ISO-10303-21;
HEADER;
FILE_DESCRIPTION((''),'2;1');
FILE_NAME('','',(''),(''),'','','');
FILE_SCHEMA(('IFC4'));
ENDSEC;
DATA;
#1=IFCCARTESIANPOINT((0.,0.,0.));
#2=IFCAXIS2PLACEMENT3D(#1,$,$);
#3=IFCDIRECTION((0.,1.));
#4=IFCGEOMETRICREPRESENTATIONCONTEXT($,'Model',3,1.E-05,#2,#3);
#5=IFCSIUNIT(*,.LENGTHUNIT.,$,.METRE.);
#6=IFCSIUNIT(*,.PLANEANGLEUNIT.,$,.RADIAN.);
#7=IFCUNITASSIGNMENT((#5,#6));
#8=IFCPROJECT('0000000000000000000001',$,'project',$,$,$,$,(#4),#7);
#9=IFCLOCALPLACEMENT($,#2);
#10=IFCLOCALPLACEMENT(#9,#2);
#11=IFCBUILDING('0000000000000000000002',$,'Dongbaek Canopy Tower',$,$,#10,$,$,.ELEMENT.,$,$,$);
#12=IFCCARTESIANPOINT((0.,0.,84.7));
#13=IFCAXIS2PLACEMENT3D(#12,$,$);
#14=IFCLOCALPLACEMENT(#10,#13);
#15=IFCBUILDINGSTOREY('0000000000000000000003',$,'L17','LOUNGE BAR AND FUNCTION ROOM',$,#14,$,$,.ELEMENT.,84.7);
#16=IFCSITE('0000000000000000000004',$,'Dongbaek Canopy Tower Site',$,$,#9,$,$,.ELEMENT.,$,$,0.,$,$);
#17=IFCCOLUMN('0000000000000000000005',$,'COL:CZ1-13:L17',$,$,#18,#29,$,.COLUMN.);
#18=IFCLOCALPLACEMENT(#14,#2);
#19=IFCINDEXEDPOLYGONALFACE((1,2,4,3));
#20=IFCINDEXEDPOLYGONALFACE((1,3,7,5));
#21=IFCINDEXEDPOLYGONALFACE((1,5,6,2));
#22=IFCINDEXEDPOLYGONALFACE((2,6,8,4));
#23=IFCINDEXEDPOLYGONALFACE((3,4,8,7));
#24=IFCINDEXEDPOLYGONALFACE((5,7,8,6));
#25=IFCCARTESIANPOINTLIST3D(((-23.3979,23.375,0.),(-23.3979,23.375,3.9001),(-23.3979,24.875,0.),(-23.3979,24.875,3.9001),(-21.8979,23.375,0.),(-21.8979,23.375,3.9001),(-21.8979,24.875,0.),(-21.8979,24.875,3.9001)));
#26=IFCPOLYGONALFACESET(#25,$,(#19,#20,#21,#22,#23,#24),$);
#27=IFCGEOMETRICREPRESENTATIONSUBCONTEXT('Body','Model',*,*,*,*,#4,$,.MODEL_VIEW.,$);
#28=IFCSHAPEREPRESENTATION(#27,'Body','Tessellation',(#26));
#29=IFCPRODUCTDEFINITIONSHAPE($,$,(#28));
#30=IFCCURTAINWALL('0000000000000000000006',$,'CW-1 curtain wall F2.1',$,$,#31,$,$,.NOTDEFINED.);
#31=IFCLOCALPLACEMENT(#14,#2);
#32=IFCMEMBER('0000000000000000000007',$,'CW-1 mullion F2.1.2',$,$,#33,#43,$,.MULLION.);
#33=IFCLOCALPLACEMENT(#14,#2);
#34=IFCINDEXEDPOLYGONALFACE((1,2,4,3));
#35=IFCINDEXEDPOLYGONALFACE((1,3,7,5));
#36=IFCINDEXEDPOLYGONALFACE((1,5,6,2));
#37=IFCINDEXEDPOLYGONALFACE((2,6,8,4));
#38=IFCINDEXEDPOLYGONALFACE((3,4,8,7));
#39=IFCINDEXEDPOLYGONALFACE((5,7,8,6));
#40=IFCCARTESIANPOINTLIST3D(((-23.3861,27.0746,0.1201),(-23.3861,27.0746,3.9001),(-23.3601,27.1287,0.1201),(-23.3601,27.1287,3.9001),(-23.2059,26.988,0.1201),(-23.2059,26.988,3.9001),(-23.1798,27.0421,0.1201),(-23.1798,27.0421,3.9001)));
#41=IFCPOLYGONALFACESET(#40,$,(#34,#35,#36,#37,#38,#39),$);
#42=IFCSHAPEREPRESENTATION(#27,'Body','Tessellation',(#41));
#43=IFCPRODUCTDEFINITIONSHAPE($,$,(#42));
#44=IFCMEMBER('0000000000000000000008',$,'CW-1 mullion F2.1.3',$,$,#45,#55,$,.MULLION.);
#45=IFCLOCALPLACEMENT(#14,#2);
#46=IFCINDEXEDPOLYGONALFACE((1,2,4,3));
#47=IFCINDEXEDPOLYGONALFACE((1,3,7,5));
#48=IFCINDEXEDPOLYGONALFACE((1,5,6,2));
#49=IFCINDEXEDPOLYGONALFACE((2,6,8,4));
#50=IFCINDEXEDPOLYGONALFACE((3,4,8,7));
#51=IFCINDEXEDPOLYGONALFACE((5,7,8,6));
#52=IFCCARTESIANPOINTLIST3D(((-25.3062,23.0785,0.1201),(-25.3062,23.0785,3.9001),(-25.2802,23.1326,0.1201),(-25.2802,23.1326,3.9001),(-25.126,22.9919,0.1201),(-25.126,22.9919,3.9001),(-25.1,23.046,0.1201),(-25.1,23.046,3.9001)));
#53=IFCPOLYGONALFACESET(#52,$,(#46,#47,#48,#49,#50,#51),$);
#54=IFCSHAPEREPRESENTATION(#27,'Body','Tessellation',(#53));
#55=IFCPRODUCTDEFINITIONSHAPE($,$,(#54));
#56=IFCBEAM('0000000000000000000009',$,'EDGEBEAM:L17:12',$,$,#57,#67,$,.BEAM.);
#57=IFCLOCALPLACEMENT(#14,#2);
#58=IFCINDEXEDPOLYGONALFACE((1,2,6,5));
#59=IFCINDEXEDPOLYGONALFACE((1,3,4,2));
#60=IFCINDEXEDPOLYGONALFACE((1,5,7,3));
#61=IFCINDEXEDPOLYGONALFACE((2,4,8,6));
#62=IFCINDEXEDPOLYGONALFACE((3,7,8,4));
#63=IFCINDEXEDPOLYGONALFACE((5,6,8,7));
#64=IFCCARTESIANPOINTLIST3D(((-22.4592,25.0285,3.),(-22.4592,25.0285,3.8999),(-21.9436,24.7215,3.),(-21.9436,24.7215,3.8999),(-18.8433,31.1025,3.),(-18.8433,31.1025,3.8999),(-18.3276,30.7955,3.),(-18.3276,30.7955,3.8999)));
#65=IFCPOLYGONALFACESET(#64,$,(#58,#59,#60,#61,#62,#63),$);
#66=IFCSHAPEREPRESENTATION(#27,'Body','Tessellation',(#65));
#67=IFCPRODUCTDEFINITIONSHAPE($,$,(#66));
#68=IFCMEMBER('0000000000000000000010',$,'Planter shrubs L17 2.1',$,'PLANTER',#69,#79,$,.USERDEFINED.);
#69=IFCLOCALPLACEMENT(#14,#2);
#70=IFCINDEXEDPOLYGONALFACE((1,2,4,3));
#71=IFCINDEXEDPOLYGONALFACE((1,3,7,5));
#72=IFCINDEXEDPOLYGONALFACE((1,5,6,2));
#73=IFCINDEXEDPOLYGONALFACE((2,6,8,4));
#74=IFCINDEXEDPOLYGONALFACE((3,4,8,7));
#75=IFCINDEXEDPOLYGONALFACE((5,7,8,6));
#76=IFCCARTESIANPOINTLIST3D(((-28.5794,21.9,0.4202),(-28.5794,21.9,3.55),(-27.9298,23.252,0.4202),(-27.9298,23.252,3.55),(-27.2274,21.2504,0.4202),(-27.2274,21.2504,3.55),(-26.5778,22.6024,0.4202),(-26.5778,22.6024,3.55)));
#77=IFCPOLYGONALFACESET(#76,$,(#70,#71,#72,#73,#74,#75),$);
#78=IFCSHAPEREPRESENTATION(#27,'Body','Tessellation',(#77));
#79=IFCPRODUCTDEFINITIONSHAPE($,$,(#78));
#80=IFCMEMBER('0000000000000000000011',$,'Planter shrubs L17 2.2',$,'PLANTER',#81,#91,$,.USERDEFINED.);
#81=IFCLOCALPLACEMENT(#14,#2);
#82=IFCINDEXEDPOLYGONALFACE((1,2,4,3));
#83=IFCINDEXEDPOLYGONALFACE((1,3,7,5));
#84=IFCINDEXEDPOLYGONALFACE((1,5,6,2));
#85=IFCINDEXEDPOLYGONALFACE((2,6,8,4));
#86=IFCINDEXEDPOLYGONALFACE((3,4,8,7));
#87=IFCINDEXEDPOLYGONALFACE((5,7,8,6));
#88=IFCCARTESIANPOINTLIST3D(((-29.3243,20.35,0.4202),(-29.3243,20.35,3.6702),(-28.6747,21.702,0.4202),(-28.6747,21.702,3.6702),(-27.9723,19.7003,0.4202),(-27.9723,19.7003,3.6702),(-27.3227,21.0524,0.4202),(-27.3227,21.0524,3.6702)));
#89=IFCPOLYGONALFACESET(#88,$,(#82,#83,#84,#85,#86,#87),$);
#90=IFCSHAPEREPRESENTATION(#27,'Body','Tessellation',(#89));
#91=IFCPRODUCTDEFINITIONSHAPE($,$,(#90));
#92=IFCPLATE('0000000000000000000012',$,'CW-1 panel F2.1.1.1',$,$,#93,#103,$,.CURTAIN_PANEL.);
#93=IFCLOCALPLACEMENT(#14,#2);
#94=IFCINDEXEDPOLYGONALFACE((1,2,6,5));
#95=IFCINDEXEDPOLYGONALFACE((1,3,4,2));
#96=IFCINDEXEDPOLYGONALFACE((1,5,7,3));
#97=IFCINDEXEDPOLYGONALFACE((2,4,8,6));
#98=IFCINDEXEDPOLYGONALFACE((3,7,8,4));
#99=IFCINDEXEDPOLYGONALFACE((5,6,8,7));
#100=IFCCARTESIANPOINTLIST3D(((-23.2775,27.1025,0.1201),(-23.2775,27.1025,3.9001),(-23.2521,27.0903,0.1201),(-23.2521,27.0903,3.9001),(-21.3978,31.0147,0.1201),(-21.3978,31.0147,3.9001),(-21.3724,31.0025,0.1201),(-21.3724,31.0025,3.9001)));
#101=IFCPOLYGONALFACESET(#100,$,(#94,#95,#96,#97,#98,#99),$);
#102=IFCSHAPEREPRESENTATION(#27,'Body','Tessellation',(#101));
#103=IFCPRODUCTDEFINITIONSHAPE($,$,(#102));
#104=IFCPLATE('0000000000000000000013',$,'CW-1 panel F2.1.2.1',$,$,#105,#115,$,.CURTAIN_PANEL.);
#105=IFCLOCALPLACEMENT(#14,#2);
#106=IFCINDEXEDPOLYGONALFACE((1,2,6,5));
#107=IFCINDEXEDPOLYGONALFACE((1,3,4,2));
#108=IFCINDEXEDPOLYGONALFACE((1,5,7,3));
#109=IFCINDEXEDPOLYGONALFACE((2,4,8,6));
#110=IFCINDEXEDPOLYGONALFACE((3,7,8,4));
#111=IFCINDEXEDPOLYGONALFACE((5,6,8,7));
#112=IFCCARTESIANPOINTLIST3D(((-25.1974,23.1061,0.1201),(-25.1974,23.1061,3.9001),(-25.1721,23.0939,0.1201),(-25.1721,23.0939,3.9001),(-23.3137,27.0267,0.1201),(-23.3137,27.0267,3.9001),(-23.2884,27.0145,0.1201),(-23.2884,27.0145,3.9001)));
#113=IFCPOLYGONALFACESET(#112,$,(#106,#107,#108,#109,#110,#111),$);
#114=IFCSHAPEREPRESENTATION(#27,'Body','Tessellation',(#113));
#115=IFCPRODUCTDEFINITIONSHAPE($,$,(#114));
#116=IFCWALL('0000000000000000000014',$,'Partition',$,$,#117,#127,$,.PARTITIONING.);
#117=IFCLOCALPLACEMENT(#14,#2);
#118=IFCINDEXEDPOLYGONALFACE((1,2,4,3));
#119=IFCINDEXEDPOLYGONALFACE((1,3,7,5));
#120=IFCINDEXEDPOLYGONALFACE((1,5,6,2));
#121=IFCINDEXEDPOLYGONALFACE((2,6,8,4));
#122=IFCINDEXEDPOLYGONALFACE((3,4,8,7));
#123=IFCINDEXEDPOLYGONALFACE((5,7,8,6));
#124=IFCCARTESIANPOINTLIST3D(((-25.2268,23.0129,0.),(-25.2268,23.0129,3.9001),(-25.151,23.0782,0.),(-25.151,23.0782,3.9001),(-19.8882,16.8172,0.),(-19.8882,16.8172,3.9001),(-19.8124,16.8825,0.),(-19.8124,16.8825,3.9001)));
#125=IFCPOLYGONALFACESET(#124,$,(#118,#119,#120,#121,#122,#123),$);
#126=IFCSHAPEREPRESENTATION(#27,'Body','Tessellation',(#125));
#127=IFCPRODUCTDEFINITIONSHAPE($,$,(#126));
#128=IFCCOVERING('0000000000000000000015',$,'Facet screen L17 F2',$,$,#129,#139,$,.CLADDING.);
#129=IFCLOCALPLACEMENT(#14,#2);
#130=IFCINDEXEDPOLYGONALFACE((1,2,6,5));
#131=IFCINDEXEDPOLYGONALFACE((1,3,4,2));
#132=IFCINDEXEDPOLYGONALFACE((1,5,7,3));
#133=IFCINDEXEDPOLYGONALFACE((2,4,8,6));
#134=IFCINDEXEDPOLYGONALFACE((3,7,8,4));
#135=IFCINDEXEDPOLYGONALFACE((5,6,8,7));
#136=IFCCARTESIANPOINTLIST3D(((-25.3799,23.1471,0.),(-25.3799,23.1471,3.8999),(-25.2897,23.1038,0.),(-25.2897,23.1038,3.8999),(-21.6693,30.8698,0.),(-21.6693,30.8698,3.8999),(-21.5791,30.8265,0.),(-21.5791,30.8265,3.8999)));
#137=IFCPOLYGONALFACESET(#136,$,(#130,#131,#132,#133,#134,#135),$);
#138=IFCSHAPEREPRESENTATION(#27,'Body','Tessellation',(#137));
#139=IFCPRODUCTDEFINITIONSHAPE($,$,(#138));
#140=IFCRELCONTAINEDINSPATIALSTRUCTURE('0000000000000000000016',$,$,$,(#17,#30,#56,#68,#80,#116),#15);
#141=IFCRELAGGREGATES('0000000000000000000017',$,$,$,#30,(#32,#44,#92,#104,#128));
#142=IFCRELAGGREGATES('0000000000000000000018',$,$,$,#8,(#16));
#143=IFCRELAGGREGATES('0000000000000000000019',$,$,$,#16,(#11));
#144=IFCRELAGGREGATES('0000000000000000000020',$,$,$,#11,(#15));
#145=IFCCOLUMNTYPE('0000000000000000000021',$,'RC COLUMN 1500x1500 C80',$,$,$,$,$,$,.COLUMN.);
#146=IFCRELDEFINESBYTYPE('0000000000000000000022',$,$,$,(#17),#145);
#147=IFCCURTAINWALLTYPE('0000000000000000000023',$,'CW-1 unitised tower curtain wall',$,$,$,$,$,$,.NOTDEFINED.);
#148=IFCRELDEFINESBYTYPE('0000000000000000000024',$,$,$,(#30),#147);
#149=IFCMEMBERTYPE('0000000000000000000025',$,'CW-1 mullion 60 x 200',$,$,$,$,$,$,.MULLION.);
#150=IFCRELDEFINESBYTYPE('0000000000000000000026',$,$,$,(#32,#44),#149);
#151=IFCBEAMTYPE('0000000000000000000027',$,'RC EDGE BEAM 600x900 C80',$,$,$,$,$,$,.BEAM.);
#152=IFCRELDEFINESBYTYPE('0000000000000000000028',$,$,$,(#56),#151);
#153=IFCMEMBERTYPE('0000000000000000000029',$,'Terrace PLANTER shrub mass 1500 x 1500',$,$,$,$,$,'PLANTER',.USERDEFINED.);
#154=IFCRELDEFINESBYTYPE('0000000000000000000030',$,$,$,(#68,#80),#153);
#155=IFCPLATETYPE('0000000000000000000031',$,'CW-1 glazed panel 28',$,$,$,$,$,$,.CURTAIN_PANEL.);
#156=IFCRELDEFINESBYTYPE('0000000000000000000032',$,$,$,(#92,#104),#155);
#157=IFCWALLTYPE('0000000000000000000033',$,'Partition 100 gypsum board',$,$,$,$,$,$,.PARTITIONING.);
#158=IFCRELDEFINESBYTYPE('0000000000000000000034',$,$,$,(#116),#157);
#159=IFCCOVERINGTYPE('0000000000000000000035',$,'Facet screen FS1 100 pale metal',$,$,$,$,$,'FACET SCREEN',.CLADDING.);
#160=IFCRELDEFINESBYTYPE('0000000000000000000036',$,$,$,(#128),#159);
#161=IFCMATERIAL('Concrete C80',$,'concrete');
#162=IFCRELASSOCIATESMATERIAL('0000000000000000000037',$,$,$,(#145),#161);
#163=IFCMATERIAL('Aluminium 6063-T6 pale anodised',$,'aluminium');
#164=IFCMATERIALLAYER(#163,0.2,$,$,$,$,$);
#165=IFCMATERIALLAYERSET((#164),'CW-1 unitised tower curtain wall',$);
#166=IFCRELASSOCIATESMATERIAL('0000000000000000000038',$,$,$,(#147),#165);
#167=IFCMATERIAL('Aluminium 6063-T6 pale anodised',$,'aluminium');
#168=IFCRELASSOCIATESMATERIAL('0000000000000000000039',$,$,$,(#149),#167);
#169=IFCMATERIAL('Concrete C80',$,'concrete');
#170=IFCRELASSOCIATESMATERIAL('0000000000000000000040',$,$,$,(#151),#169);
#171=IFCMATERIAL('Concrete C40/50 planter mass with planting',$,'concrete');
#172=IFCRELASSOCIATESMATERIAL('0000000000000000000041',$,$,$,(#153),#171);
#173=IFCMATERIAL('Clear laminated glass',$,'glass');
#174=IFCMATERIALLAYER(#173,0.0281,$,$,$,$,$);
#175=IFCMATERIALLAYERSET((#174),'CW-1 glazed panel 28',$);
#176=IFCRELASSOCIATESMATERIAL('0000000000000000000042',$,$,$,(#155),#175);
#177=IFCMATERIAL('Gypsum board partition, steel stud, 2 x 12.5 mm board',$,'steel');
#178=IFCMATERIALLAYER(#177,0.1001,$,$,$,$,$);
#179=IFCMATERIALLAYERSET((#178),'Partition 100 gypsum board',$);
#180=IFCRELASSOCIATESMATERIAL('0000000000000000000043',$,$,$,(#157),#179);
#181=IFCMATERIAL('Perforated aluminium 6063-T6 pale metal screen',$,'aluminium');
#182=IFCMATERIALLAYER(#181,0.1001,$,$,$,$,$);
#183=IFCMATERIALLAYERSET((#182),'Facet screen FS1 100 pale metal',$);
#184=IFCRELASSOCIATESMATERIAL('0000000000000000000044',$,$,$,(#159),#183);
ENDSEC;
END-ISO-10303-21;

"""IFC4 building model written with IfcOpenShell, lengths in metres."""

from ifc_helpers import new_model, si_unit, direction, frame, frame_2d, origin, origin_2d, place, context, subcontext, project, spatial, rectangle, extrude, material, layer, layer_set, material_profile, profile_set, type_object, element, aggregate, save


model = new_model("IFC4")

# Units and contexts
model_context = context("Model", 3, precision=1e-05, world=origin(), true_north=direction((0.0, 1.0)))
body_context = subcontext(model_context, "Body", "Model", "MODEL_VIEW")
ifc_project = project(units=[si_unit("LENGTHUNIT", "METRE"), si_unit("PLANEANGLEUNIT", "RADIAN")], contexts=[model_context])

# Site, building, storey
site_placement = place(None, origin())
site = spatial("IfcSite", under=ifc_project, at=site_placement, Name="Dongbaek Canopy Tower Site", CompositionType="ELEMENT", RefElevation=0.0)
building_placement = place(site_placement, origin())
building = spatial("IfcBuilding", under=site, at=building_placement, Name="Dongbaek Canopy Tower", CompositionType="ELEMENT")
storey_placement = place(building_placement, frame((0.0, 0.0, 84.7)))
storey = spatial("IfcBuildingStorey", under=building, at=storey_placement, Name="L17", Description="LOUNGE BAR AND FUNCTION ROOM", CompositionType="ELEMENT", Elevation=84.7)

# Column
ifc_material_1 = material(Name="Concrete C80", Category="concrete")
ifc_material_profile_1 = material_profile(ifc_material_1, rectangle(XDim=1.5, YDim=1.5, at=origin_2d()), Name="RC COLUMN 1500x1500 C80")
ifc_profile_set_1 = profile_set([ifc_material_profile_1], Name="Concrete C80")
column_type = type_object("IfcColumnType", Name="RC COLUMN 1500x1500 C80", PredefinedType="COLUMN", material=ifc_profile_set_1)
column_placement = place(storey_placement, frame((-22.6479, 24.125, 0.0), z_axis=(0.0, 0.0, 1.0), x_axis=(1.0, 0.0, 0.0)))
element("IfcColumn", 1, at=column_placement, inside=storey, type_object=column_type, Name="COL:CZ1-13:L17", PredefinedType="COLUMN", context=body_context, shape_type="SweptSolid", body=[
    extrude(rectangle(XDim=1.5, YDim=1.5, at=origin_2d()), origin(), (0.0, 0.0, 1.0), 3.9001),
])

# Curtain wall, members
ifc_material_2 = material(Name="Aluminium 6063-T6 pale anodised", Category="aluminium")
ifc_layer_1 = layer(ifc_material_2, 0.2)
ifc_layer_set_1 = layer_set([ifc_layer_1], Name="CW-1 unitised tower curtain wall")
curtain_wall_type = type_object("IfcCurtainWallType", Name="CW-1 unitised tower curtain wall", PredefinedType="NOTDEFINED", material=ifc_layer_set_1)
curtain_wall_placement = place(storey_placement, origin())
curtain_wall = element("IfcCurtainWall", 2, at=curtain_wall_placement, inside=storey, type_object=curtain_wall_type, Name="CW-1 curtain wall F2.1", PredefinedType="NOTDEFINED")
ifc_material_3 = material(Name="Aluminium 6063-T6 pale anodised", Category="aluminium")
ifc_material_profile_2 = material_profile(ifc_material_3, rectangle(XDim=0.2, YDim=0.0601, at=origin_2d()), Name="CW-1 mullion 60 x 200")
ifc_profile_set_2 = profile_set([ifc_material_profile_2], Name="Aluminium 6063-T6 pale anodised")
member_type_1 = type_object("IfcMemberType", Name="CW-1 mullion 60 x 200", PredefinedType="MULLION", material=ifc_profile_set_2)
member_1_placement = place(storey_placement, frame((-23.283, 27.0583, 0.1201), z_axis=(0.0, 0.0, 1.0), x_axis=(-0.901357, 0.433077, 0.0)))
member_1 = element("IfcMember", 3, at=member_1_placement, type_object=member_type_1, Name="CW-1 mullion F2.1.2", PredefinedType="MULLION", context=body_context, shape_type="SweptSolid", body=[
    extrude(rectangle(XDim=0.2, YDim=0.0601, at=origin_2d()), origin(), (0.0, 0.0, 1.0), 3.78),
])
member_2_placement = place(storey_placement, frame((-25.2031, 23.0623, 0.1201), z_axis=(0.0, 0.0, 1.0), x_axis=(-0.901357, 0.433077, 0.0)))
member_2 = element("IfcMember", 4, at=member_2_placement, type_object=member_type_1, Name="CW-1 mullion F2.1.3", PredefinedType="MULLION", context=body_context, shape_type="SweptSolid", body=[
    extrude(rectangle(XDim=0.2, YDim=0.0601, at=origin_2d()), origin(), (0.0, 0.0, 1.0), 3.78),
])

# Beam
ifc_material_4 = material(Name="Concrete C80", Category="concrete")
ifc_material_profile_3 = material_profile(ifc_material_4, rectangle(XDim=0.6001, YDim=0.8999, at=origin_2d()), Name="RC EDGE BEAM 600x900 C80")
ifc_profile_set_3 = profile_set([ifc_material_profile_3], Name="Concrete C80")
beam_type = type_object("IfcBeamType", Name="RC EDGE BEAM 600x900 C80", PredefinedType="BEAM", material=ifc_profile_set_3)
beam_placement = place(storey_placement, frame((-22.2014, 24.875, 3.45), z_axis=(0.511537, 0.859261, 0.0), x_axis=(-0.859261, 0.511537, 0.0)))
element("IfcBeam", 5, at=beam_placement, inside=storey, type_object=beam_type, Name="EDGEBEAM:L17:12", PredefinedType="BEAM", context=body_context, shape_type="SweptSolid", body=[
    extrude(rectangle(XDim=0.6001, YDim=0.8999, at=origin_2d()), origin(), (0.0, 0.0, 1.0), 7.0688),
])

# Members
ifc_material_5 = material(Name="Concrete C40/50 planter mass with planting", Category="concrete")
ifc_material_profile_4 = material_profile(ifc_material_5, rectangle(XDim=1.5, YDim=1.5, at=origin_2d()), Name="Terrace PLANTER shrub mass 1500 x 1500")
ifc_profile_set_4 = profile_set([ifc_material_profile_4], Name="Concrete C40/50 planter mass with planting")
member_type_2 = type_object("IfcMemberType", Name="Terrace PLANTER shrub mass 1500 x 1500", ElementType="PLANTER", PredefinedType="USERDEFINED", material=ifc_profile_set_4)
member_3_placement = place(storey_placement, frame((-27.5786, 22.2512, 0.4202), z_axis=(0.0, 0.0, 1.0), x_axis=(-0.901357, 0.433077, 0.0)))
element("IfcMember", 6, at=member_3_placement, inside=storey, type_object=member_type_2, Name="Planter shrubs L17 2.1", ObjectType="PLANTER", PredefinedType="USERDEFINED", context=body_context, shape_type="SweptSolid", body=[
    extrude(rectangle(XDim=1.5, YDim=1.5, at=origin_2d()), origin(), (0.0, 0.0, 1.0), 3.1299),
])
member_4_placement = place(storey_placement, frame((-28.3235, 20.7012, 0.4202), z_axis=(0.0, 0.0, 1.0), x_axis=(-0.901357, 0.433077, 0.0)))
element("IfcMember", 7, at=member_4_placement, inside=storey, type_object=member_type_2, Name="Planter shrubs L17 2.2", ObjectType="PLANTER", PredefinedType="USERDEFINED", context=body_context, shape_type="SweptSolid", body=[
    extrude(rectangle(XDim=1.5, YDim=1.5, at=origin_2d()), origin(), (0.0, 0.0, 1.0), 3.25),
])

# Plates
ifc_material_6 = material(Name="Clear laminated glass", Category="glass")
ifc_layer_2 = layer(ifc_material_6, 0.0281)
ifc_layer_set_2 = layer_set([ifc_layer_2], Name="CW-1 glazed panel 28")
plate_type = type_object("IfcPlateType", Name="CW-1 glazed panel 28", PredefinedType="CURTAIN_PANEL", material=ifc_layer_set_2)
plate_1_placement = place(storey_placement, frame((-22.325, 29.0525, 0.1201), z_axis=(0.0, 0.0, 1.0), x_axis=(-0.433077, -0.901357, 0.0)))
plate_1 = element("IfcPlate", 8, at=plate_1_placement, type_object=plate_type, Name="CW-1 panel F2.1.1.1", PredefinedType="CURTAIN_PANEL", context=body_context, shape_type="SweptSolid", body=[
    extrude(rectangle(XDim=4.3403, YDim=0.0281, at=origin_2d()), origin(), (0.0, 0.0, 1.0), 3.78),
])
plate_2_placement = place(storey_placement, frame((-24.2429, 25.0603, 0.1201), z_axis=(0.0, 0.0, 1.0), x_axis=(-0.433077, -0.901357, 0.0)))
plate_2 = element("IfcPlate", 9, at=plate_2_placement, type_object=plate_type, Name="CW-1 panel F2.1.2.1", PredefinedType="CURTAIN_PANEL", context=body_context, shape_type="SweptSolid", body=[
    extrude(rectangle(XDim=4.3496, YDim=0.0281, at=origin_2d()), origin(), (0.0, 0.0, 1.0), 3.78),
])

# Wall
ifc_material_7 = material(Name="Gypsum board partition, steel stud, 2 x 12.5 mm board", Category="steel")
ifc_layer_3 = layer(ifc_material_7, 0.1001)
ifc_layer_set_3 = layer_set([ifc_layer_3], Name="Partition 100 gypsum board")
wall_type_1 = type_object("IfcWallType", Name="Partition 100 gypsum board", PredefinedType="PARTITIONING", material=ifc_layer_set_3)
wall_1_placement = place(storey_placement, frame((-25.189, 23.0457, 0.0), z_axis=(0.0, 0.0, 1.0), x_axis=(0.652758, -0.757566, 0.0)))
element("IfcWall", 10, at=wall_1_placement, inside=storey, type_object=wall_type_1, Name="Partition", PredefinedType="PARTITIONING", context=body_context, shape_type="SweptSolid", body=[
    extrude(rectangle(XDim=8.1785, YDim=0.1001, at=frame_2d((4.0894, 0.0))), origin(), (0.0, 0.0, 1.0), 3.9001),
])

# Covering
ifc_material_8 = material(Name="Perforated aluminium 6063-T6 pale metal screen", Category="aluminium")
ifc_layer_4 = layer(ifc_material_8, 0.1001)
ifc_layer_set_4 = layer_set([ifc_layer_4], Name="Facet screen FS1 100 pale metal")
covering_type = type_object("IfcCoveringType", Name="Facet screen FS1 100 pale metal", ElementType="FACET SCREEN", PredefinedType="CLADDING", material=ifc_layer_set_4)
covering_placement = place(storey_placement, frame((-23.4795, 26.9868, 0.0), z_axis=(0.0, 0.0, 1.0), x_axis=(-0.433077, -0.901357, 0.0)))
covering = element("IfcCovering", 11, at=covering_placement, type_object=covering_type, Name="Facet screen L17 F2", PredefinedType="CLADDING", context=body_context, shape_type="SweptSolid", body=[
    extrude(rectangle(XDim=8.5679, YDim=0.1001, at=origin_2d()), origin(), (0.0, 0.0, 1.0), 3.8999),
])
aggregate(curtain_wall, [member_1, member_2, plate_1, plate_2, covering])

save(model, "model.ifc")
